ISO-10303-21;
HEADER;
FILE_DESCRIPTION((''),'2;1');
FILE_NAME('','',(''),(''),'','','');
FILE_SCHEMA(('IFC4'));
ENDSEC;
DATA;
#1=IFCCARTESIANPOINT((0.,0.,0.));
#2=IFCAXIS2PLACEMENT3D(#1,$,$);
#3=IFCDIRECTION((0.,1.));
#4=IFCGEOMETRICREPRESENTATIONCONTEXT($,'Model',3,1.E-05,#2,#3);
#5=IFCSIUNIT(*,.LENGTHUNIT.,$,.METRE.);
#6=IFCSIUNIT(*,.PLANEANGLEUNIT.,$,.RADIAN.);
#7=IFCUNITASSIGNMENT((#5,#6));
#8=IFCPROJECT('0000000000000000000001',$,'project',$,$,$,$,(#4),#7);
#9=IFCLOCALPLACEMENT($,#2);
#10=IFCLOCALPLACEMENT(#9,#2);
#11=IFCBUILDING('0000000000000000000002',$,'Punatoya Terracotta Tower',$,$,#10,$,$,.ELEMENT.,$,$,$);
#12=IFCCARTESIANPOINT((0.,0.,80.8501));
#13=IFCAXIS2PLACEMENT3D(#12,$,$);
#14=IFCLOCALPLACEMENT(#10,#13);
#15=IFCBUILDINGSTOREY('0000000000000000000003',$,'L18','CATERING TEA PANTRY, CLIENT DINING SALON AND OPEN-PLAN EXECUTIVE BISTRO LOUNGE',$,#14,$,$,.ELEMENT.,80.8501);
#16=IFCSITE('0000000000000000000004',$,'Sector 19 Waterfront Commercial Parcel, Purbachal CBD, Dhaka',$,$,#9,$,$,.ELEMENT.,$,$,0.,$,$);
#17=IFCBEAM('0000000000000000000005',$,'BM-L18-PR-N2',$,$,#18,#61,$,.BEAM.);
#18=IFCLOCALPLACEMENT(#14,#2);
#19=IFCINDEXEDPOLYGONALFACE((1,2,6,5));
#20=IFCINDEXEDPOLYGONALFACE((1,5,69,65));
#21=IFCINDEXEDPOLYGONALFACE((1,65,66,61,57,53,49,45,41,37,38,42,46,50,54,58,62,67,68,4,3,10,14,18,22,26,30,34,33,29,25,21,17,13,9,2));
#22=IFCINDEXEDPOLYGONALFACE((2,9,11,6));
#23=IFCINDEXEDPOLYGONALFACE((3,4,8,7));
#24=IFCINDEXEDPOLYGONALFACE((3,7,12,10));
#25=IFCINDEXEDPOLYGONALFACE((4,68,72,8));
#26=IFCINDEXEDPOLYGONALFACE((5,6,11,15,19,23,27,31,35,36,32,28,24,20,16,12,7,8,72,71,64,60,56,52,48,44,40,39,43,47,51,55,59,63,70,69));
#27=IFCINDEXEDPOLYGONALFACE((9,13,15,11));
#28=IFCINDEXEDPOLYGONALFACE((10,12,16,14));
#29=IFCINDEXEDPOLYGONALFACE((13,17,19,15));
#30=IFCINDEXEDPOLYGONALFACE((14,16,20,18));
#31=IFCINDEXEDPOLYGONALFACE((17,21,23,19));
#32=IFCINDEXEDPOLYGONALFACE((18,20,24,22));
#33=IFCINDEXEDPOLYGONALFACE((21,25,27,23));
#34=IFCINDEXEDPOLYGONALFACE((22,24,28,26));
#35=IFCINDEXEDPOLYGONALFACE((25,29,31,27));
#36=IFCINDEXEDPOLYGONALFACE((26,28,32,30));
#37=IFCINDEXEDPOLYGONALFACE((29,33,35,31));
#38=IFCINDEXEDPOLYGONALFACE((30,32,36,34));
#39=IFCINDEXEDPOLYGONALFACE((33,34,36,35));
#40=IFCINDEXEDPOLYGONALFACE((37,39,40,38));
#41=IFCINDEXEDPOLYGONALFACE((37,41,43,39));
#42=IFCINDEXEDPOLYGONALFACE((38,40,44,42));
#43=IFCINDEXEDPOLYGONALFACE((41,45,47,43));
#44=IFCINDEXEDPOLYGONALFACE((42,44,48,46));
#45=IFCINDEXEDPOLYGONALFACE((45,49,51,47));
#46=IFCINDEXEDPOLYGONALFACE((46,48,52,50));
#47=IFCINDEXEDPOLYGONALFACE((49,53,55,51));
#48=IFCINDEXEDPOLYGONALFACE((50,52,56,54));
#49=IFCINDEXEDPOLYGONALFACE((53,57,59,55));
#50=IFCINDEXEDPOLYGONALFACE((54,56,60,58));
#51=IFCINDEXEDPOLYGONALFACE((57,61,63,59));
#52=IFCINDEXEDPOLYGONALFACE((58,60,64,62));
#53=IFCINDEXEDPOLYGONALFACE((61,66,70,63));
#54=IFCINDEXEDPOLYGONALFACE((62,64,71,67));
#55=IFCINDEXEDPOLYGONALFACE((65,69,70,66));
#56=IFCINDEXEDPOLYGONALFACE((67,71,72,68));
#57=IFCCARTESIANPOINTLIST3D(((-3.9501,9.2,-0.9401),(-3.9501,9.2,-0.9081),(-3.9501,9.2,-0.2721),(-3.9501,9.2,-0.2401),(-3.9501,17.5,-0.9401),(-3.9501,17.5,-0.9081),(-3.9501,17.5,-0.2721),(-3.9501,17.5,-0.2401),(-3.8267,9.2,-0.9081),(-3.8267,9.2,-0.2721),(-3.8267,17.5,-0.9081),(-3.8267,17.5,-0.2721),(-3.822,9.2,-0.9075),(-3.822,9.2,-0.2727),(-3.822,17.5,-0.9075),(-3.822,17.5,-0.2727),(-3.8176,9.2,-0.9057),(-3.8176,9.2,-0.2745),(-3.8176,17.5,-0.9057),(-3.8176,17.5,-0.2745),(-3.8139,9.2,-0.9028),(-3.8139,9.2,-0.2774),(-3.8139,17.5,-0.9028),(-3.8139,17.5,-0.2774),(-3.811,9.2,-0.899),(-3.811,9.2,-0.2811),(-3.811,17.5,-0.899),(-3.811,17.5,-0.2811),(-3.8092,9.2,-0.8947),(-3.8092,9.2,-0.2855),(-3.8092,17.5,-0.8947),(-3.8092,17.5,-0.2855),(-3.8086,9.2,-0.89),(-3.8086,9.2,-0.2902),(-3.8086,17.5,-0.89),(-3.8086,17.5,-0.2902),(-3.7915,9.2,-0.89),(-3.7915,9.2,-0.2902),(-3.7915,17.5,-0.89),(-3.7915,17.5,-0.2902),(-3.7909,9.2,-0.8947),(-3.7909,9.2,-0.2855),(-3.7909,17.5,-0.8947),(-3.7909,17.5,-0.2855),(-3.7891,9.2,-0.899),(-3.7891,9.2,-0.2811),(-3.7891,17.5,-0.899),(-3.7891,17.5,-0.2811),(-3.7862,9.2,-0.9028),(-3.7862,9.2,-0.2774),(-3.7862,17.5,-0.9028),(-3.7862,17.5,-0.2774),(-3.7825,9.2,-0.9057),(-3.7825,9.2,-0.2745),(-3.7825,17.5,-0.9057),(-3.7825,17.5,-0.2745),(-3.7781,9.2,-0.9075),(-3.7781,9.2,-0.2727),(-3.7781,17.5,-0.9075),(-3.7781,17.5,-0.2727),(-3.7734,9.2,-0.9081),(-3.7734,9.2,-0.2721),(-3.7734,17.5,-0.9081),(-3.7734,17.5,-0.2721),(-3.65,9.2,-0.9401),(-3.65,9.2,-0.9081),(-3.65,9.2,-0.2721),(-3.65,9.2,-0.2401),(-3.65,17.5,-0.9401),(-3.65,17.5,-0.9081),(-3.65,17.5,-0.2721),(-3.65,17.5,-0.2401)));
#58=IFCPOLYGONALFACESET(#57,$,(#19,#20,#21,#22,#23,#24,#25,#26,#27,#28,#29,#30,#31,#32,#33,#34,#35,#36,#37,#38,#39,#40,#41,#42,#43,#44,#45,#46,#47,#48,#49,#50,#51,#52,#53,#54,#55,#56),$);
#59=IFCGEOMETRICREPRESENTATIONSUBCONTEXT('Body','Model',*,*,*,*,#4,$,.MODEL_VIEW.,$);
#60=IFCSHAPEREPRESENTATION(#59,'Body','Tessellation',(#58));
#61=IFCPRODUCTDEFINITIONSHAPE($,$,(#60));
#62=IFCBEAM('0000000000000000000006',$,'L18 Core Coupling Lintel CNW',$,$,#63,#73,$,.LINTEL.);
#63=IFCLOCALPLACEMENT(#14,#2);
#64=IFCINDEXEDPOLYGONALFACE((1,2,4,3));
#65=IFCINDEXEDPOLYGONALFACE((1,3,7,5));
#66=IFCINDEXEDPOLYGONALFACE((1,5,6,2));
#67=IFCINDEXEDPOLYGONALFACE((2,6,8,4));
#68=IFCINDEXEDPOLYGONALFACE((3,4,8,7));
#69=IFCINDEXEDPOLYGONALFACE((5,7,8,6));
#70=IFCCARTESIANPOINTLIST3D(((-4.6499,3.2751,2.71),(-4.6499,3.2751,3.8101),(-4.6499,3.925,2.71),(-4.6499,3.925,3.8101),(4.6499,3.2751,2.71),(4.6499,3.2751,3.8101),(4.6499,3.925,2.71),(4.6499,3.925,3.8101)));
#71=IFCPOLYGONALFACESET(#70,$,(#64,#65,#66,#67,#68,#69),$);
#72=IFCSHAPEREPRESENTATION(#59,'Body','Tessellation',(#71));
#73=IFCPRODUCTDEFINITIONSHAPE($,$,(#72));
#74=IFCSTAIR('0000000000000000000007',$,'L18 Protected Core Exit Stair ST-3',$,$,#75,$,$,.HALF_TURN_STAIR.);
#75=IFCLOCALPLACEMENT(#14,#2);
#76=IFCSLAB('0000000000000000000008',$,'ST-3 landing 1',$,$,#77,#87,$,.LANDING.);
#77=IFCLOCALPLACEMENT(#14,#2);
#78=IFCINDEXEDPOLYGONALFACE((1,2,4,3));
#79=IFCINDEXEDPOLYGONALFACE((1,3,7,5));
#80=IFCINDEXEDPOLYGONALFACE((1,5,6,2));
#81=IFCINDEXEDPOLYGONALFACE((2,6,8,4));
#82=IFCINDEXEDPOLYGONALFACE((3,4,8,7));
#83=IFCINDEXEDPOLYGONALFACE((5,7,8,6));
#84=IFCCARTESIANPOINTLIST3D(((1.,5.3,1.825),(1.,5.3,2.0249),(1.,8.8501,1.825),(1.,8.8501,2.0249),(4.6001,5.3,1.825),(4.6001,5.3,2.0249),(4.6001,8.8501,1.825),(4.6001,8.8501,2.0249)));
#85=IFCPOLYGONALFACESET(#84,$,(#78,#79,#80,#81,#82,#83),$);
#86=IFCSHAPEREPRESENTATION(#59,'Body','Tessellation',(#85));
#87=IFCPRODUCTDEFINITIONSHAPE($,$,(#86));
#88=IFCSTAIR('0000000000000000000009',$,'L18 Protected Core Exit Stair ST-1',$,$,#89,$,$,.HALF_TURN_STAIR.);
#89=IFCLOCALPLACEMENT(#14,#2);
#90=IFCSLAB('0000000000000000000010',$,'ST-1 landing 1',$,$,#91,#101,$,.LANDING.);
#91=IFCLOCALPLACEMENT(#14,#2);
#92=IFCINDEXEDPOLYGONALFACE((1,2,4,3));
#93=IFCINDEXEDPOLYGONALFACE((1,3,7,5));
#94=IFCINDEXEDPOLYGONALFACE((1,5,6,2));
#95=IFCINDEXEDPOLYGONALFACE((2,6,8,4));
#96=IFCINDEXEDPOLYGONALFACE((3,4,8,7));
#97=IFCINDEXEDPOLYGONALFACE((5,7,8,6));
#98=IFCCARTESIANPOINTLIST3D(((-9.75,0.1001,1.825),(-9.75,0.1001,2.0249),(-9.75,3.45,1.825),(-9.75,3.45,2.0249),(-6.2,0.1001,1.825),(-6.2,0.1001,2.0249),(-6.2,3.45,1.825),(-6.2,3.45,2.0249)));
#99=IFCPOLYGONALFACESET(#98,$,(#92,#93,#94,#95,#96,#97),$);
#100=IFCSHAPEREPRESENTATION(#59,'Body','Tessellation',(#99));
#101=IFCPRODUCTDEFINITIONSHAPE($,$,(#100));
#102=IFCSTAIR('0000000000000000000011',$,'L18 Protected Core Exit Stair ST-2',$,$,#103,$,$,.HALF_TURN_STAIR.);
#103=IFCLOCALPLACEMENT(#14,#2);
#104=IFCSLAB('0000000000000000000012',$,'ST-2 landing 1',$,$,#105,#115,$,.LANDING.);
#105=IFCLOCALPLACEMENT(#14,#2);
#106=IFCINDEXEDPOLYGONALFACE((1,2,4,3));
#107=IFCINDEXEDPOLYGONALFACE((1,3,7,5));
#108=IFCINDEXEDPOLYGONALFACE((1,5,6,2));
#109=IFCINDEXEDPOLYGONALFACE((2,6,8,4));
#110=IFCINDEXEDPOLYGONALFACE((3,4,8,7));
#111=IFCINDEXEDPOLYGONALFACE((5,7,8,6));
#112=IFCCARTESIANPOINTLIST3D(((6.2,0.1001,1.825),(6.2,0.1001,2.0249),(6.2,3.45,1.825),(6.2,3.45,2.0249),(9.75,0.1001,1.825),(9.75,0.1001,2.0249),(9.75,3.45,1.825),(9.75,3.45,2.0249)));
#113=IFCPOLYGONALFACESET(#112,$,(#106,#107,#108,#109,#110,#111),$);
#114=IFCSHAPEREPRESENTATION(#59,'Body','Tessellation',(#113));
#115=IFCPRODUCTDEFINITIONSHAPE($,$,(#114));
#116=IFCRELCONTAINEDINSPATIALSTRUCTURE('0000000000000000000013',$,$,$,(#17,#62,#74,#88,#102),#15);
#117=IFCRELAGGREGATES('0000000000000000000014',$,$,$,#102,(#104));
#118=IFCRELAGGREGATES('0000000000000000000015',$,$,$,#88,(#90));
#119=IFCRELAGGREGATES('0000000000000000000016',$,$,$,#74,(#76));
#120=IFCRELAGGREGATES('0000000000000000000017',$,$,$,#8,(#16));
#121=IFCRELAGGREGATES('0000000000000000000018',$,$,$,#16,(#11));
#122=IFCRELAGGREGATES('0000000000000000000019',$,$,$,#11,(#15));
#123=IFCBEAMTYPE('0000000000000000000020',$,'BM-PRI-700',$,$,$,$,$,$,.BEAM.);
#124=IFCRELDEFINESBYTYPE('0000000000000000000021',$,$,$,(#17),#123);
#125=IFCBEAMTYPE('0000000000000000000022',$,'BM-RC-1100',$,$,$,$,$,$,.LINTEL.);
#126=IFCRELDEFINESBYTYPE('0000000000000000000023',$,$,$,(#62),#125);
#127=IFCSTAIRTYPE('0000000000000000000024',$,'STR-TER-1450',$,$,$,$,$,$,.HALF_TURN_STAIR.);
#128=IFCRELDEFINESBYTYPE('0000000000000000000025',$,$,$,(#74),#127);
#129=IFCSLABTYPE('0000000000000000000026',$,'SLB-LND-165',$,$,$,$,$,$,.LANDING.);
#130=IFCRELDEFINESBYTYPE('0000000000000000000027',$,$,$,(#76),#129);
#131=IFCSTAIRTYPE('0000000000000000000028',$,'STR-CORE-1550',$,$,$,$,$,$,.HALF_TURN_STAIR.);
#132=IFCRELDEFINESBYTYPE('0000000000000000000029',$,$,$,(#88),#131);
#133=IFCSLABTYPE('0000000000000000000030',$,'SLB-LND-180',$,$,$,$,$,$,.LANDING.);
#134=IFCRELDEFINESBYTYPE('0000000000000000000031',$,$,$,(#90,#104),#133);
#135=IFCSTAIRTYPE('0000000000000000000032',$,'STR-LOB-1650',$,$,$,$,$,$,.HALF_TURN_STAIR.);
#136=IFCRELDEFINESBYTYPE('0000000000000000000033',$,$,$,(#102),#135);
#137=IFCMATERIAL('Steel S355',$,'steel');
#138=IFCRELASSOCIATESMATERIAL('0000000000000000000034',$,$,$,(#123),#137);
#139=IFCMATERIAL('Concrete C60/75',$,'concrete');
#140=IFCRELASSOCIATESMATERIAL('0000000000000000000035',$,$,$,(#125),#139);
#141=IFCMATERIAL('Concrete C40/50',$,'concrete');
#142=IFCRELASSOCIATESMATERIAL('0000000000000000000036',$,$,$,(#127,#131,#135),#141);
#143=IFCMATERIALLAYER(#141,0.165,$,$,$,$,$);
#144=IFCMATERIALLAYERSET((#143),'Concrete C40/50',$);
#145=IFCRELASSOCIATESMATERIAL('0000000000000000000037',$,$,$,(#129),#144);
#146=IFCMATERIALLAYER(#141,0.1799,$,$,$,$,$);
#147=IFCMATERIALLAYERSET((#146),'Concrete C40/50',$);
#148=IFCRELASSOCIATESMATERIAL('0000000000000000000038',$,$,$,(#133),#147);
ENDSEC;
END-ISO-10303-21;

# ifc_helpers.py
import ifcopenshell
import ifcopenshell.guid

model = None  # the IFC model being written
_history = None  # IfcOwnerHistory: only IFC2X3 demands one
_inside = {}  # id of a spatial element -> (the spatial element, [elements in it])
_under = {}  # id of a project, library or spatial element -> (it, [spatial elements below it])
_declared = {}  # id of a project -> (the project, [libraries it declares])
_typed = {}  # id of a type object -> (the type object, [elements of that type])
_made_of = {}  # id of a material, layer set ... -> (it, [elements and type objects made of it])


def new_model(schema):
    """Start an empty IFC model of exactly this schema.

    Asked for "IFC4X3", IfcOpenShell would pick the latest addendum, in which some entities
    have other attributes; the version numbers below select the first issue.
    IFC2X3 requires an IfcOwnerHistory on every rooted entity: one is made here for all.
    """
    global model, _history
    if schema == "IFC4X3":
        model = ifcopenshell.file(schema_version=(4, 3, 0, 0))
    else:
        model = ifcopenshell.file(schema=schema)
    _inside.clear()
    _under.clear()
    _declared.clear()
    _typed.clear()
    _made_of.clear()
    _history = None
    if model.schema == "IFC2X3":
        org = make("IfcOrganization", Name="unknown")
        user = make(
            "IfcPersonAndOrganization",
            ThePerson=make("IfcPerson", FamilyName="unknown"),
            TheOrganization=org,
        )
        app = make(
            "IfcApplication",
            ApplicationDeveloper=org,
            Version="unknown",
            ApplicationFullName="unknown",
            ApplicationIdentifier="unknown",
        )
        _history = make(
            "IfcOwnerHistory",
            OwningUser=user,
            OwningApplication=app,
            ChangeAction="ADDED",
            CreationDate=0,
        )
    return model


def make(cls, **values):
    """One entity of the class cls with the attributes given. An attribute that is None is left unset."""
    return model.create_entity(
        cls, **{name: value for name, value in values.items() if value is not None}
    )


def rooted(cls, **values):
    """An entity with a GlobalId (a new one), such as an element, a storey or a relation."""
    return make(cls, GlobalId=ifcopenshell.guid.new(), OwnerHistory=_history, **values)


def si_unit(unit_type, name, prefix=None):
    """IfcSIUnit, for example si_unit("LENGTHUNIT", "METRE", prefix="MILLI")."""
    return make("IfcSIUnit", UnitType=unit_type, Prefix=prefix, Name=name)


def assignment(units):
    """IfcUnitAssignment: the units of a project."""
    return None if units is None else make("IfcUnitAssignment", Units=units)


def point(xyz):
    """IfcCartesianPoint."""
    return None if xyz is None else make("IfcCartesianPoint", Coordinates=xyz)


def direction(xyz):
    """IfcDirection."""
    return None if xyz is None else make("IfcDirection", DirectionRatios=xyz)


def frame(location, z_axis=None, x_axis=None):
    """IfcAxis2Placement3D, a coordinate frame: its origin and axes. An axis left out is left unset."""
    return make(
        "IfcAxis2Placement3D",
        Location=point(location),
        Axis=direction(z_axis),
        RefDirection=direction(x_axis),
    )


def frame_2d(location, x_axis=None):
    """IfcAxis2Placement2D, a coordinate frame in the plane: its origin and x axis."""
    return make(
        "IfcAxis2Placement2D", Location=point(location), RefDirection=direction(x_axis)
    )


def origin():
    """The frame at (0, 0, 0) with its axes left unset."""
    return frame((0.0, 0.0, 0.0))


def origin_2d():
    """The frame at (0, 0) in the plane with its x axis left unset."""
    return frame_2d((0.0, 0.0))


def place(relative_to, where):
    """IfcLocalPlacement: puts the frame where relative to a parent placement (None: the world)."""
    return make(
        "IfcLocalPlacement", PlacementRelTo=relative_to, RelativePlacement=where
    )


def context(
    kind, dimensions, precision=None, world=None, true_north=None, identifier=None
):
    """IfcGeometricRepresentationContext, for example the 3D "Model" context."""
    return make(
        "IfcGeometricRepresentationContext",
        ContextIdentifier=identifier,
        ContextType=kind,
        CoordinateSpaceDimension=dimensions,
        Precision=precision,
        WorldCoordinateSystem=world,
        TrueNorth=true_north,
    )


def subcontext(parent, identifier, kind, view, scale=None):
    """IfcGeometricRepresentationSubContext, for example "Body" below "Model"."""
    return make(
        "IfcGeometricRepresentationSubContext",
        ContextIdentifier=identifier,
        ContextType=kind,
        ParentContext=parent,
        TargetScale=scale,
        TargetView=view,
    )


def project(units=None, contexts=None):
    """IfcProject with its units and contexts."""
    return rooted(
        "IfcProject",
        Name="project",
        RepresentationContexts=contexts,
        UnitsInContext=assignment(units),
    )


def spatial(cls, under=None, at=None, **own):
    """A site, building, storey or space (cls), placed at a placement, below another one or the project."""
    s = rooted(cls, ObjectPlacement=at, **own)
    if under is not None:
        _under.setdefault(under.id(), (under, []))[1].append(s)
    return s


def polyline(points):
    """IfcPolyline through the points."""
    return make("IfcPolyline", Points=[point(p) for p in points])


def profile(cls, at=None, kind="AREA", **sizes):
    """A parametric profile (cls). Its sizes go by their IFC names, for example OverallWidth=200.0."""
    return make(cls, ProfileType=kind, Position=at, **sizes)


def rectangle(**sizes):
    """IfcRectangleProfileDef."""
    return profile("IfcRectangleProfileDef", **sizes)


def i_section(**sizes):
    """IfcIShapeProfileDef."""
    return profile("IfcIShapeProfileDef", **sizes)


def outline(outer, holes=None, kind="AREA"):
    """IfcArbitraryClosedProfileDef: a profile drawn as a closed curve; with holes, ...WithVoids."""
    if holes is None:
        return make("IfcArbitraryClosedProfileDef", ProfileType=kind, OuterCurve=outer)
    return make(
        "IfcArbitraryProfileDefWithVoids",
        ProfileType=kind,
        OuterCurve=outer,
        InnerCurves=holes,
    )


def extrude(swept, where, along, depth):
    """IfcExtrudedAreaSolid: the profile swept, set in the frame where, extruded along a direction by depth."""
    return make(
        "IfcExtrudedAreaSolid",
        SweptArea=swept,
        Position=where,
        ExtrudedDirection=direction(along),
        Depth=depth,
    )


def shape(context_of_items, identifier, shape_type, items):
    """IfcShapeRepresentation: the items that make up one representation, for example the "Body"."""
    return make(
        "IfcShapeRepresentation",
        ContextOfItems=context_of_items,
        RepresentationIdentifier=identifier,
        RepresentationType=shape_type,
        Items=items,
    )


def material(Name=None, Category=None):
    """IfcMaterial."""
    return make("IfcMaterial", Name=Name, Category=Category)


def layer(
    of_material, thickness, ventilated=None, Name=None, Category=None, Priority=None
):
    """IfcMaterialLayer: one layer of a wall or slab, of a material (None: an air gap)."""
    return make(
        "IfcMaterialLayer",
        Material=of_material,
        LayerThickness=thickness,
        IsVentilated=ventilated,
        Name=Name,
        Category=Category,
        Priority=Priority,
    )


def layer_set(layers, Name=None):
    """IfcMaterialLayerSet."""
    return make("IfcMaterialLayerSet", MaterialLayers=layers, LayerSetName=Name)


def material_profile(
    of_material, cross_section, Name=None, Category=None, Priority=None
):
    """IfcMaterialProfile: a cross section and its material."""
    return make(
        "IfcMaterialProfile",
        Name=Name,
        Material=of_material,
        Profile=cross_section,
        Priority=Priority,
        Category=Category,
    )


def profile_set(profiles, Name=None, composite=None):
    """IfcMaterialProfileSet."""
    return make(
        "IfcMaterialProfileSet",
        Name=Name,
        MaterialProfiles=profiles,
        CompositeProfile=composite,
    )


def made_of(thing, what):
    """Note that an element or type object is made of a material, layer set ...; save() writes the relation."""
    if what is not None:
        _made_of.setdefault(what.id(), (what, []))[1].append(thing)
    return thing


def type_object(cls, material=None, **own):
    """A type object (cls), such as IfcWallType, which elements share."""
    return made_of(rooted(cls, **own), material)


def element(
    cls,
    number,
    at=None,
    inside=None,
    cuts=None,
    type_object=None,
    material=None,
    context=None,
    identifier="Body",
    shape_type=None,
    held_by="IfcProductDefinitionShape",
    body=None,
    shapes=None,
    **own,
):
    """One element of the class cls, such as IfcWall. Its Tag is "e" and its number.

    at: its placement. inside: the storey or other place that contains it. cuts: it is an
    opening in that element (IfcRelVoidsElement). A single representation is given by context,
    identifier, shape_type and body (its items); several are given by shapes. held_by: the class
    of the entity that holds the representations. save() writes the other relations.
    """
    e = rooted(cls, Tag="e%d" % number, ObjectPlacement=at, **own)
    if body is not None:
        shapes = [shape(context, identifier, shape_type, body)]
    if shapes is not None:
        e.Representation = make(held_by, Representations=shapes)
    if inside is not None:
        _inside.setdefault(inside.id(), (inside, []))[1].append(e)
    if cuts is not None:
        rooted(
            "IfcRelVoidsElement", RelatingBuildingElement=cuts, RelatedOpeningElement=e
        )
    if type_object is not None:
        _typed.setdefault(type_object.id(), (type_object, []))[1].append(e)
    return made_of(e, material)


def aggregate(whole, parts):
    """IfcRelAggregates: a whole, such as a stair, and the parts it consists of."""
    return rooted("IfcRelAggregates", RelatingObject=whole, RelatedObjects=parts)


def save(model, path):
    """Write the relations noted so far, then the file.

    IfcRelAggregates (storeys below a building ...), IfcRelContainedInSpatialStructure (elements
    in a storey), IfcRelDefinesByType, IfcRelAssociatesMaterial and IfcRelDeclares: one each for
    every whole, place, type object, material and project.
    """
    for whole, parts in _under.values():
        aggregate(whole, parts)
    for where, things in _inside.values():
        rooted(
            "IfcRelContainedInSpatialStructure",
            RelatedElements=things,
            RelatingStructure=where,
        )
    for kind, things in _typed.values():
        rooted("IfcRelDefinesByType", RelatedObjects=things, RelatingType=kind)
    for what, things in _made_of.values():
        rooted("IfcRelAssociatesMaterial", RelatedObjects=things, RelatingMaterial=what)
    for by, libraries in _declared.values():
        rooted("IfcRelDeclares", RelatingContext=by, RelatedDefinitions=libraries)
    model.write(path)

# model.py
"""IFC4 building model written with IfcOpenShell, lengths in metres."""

from ifc_helpers import new_model, si_unit, direction, frame, origin, origin_2d, place, context, subcontext, project, spatial, polyline, rectangle, i_section, outline, extrude, material, layer, layer_set, material_profile, profile_set, type_object, element, aggregate, save


model = new_model("IFC4")

# Units and contexts
model_context = context("Model", 3, precision=1e-05, world=origin(), true_north=direction((0.0, 1.0)))
body_context = subcontext(model_context, "Body", "Model", "MODEL_VIEW")
ifc_project = project(units=[si_unit("LENGTHUNIT", "METRE"), si_unit("PLANEANGLEUNIT", "RADIAN")], contexts=[model_context])

# Site, building, storey
site_placement = place(None, origin())
site = spatial("IfcSite", under=ifc_project, at=site_placement, Name="Sector 19 Waterfront Commercial Parcel, Purbachal CBD, Dhaka", CompositionType="ELEMENT", RefElevation=0.0)
building_placement = place(site_placement, origin())
building = spatial("IfcBuilding", under=site, at=building_placement, Name="Punatoya Terracotta Tower", CompositionType="ELEMENT")
storey_placement = place(building_placement, frame((0.0, 0.0, 80.8501)))
storey = spatial("IfcBuildingStorey", under=building, at=storey_placement, Name="L18", Description="CATERING TEA PANTRY, CLIENT DINING SALON AND OPEN-PLAN EXECUTIVE BISTRO LOUNGE", CompositionType="ELEMENT", Elevation=80.8501)

# Beams
ifc_material_1 = material(Name="Steel S355", Category="steel")
ifc_material_profile_1 = material_profile(ifc_material_1, i_section(OverallWidth=0.3, OverallDepth=0.7, WebThickness=0.0171, FlangeThickness=0.032, FilletRadius=0.0181, at=origin_2d()))
ifc_profile_set_1 = profile_set([ifc_material_profile_1], Name="Steel S355")
beam_type_1 = type_object("IfcBeamType", Name="BM-PRI-700", PredefinedType="BEAM", material=ifc_profile_set_1)
beam_1_placement = place(storey_placement, frame((-3.8, 9.2, -0.5901), z_axis=(0.0, 1.0, 0.0), x_axis=(-1.0, 0.0, 0.0)))
element("IfcBeam", 1, at=beam_1_placement, inside=storey, type_object=beam_type_1, Name="BM-L18-PR-N2", PredefinedType="BEAM", context=body_context, shape_type="SweptSolid", body=[
    extrude(i_section(OverallWidth=0.3, OverallDepth=0.7, WebThickness=0.0171, FlangeThickness=0.032, FilletRadius=0.0181, at=origin_2d()), origin(), (0.0, 0.0, 1.0), 8.3),
])
ifc_material_2 = material(Name="Concrete C60/75", Category="concrete")
ifc_material_profile_2 = material_profile(ifc_material_2, rectangle(XDim=0.6499, YDim=1.1001, at=origin_2d()))
ifc_profile_set_2 = profile_set([ifc_material_profile_2], Name="Concrete C60/75")
beam_type_2 = type_object("IfcBeamType", Name="BM-RC-1100", PredefinedType="LINTEL", material=ifc_profile_set_2)
beam_2_placement = place(storey_placement, frame((-4.6499, 3.6001, 3.26), z_axis=(1.0, 0.0, 0.0), x_axis=(0.0, 1.0, 0.0)))
element("IfcBeam", 2, at=beam_2_placement, inside=storey, type_object=beam_type_2, Name="L18 Core Coupling Lintel CNW", PredefinedType="LINTEL", context=body_context, shape_type="SweptSolid", body=[
    extrude(rectangle(XDim=0.6499, YDim=1.1001, at=origin_2d()), origin(), (0.0, 0.0, 1.0), 9.2998),
])

# Stairs, slabs
ifc_material_3 = material(Name="Concrete C40/50", Category="concrete")
stair_type_1 = type_object("IfcStairType", Name="STR-TER-1450", PredefinedType="HALF_TURN_STAIR", material=ifc_material_3)
stair_1_placement = place(storey_placement, origin())
stair_1 = element("IfcStair", 3, at=stair_1_placement, inside=storey, type_object=stair_type_1, Name="L18 Protected Core Exit Stair ST-3", PredefinedType="HALF_TURN_STAIR")
ifc_layer_1 = layer(ifc_material_3, 0.165)
ifc_layer_set_1 = layer_set([ifc_layer_1], Name="Concrete C40/50")
slab_type_1 = type_object("IfcSlabType", Name="SLB-LND-165", PredefinedType="LANDING", material=ifc_layer_set_1)
slab_1_placement = place(storey_placement, frame((0.0, 0.0, 1.825)))
slab_1 = element("IfcSlab", 4, at=slab_1_placement, type_object=slab_type_1, Name="ST-3 landing 1", PredefinedType="LANDING", context=body_context, shape_type="SweptSolid", body=[
    extrude(outline(polyline([(1.0, 5.3), (4.6001, 5.3), (4.6001, 8.8501), (1.0, 8.8501), (1.0, 5.3)])), origin(), (0.0, 0.0, 1.0), 0.2),
])
stair_type_2 = type_object("IfcStairType", Name="STR-CORE-1550", PredefinedType="HALF_TURN_STAIR", material=ifc_material_3)
stair_2_placement = place(storey_placement, origin())
stair_2 = element("IfcStair", 5, at=stair_2_placement, inside=storey, type_object=stair_type_2, Name="L18 Protected Core Exit Stair ST-1", PredefinedType="HALF_TURN_STAIR")
ifc_layer_2 = layer(ifc_material_3, 0.1799)
ifc_layer_set_2 = layer_set([ifc_layer_2], Name="Concrete C40/50")
slab_type_2 = type_object("IfcSlabType", Name="SLB-LND-180", PredefinedType="LANDING", material=ifc_layer_set_2)
slab_2_placement = place(storey_placement, frame((0.0, 0.0, 1.825)))
slab_2 = element("IfcSlab", 6, at=slab_2_placement, type_object=slab_type_2, Name="ST-1 landing 1", PredefinedType="LANDING", context=body_context, shape_type="SweptSolid", body=[
    extrude(outline(polyline([(-6.2, 0.1001), (-6.2, 3.45), (-9.75, 3.45), (-9.75, 0.1001), (-6.2, 0.1001)])), origin(), (0.0, 0.0, 1.0), 0.2),
])
stair_type_3 = type_object("IfcStairType", Name="STR-LOB-1650", PredefinedType="HALF_TURN_STAIR", material=ifc_material_3)
stair_3_placement = place(storey_placement, origin())
stair_3 = element("IfcStair", 7, at=stair_3_placement, inside=storey, type_object=stair_type_3, Name="L18 Protected Core Exit Stair ST-2", PredefinedType="HALF_TURN_STAIR")
slab_3_placement = place(storey_placement, frame((0.0, 0.0, 1.825)))
slab_3 = element("IfcSlab", 8, at=slab_3_placement, type_object=slab_type_2, Name="ST-2 landing 1", PredefinedType="LANDING", context=body_context, shape_type="SweptSolid", body=[
    extrude(outline(polyline([(9.75, 0.1001), (9.75, 3.45), (6.2, 3.45), (6.2, 0.1001), (9.75, 0.1001)])), origin(), (0.0, 0.0, 1.0), 0.2),
])
aggregate(stair_3, [slab_3])

aggregate(stair_2, [slab_2])
aggregate(stair_1, [slab_1])

save(model, "model.ifc")
